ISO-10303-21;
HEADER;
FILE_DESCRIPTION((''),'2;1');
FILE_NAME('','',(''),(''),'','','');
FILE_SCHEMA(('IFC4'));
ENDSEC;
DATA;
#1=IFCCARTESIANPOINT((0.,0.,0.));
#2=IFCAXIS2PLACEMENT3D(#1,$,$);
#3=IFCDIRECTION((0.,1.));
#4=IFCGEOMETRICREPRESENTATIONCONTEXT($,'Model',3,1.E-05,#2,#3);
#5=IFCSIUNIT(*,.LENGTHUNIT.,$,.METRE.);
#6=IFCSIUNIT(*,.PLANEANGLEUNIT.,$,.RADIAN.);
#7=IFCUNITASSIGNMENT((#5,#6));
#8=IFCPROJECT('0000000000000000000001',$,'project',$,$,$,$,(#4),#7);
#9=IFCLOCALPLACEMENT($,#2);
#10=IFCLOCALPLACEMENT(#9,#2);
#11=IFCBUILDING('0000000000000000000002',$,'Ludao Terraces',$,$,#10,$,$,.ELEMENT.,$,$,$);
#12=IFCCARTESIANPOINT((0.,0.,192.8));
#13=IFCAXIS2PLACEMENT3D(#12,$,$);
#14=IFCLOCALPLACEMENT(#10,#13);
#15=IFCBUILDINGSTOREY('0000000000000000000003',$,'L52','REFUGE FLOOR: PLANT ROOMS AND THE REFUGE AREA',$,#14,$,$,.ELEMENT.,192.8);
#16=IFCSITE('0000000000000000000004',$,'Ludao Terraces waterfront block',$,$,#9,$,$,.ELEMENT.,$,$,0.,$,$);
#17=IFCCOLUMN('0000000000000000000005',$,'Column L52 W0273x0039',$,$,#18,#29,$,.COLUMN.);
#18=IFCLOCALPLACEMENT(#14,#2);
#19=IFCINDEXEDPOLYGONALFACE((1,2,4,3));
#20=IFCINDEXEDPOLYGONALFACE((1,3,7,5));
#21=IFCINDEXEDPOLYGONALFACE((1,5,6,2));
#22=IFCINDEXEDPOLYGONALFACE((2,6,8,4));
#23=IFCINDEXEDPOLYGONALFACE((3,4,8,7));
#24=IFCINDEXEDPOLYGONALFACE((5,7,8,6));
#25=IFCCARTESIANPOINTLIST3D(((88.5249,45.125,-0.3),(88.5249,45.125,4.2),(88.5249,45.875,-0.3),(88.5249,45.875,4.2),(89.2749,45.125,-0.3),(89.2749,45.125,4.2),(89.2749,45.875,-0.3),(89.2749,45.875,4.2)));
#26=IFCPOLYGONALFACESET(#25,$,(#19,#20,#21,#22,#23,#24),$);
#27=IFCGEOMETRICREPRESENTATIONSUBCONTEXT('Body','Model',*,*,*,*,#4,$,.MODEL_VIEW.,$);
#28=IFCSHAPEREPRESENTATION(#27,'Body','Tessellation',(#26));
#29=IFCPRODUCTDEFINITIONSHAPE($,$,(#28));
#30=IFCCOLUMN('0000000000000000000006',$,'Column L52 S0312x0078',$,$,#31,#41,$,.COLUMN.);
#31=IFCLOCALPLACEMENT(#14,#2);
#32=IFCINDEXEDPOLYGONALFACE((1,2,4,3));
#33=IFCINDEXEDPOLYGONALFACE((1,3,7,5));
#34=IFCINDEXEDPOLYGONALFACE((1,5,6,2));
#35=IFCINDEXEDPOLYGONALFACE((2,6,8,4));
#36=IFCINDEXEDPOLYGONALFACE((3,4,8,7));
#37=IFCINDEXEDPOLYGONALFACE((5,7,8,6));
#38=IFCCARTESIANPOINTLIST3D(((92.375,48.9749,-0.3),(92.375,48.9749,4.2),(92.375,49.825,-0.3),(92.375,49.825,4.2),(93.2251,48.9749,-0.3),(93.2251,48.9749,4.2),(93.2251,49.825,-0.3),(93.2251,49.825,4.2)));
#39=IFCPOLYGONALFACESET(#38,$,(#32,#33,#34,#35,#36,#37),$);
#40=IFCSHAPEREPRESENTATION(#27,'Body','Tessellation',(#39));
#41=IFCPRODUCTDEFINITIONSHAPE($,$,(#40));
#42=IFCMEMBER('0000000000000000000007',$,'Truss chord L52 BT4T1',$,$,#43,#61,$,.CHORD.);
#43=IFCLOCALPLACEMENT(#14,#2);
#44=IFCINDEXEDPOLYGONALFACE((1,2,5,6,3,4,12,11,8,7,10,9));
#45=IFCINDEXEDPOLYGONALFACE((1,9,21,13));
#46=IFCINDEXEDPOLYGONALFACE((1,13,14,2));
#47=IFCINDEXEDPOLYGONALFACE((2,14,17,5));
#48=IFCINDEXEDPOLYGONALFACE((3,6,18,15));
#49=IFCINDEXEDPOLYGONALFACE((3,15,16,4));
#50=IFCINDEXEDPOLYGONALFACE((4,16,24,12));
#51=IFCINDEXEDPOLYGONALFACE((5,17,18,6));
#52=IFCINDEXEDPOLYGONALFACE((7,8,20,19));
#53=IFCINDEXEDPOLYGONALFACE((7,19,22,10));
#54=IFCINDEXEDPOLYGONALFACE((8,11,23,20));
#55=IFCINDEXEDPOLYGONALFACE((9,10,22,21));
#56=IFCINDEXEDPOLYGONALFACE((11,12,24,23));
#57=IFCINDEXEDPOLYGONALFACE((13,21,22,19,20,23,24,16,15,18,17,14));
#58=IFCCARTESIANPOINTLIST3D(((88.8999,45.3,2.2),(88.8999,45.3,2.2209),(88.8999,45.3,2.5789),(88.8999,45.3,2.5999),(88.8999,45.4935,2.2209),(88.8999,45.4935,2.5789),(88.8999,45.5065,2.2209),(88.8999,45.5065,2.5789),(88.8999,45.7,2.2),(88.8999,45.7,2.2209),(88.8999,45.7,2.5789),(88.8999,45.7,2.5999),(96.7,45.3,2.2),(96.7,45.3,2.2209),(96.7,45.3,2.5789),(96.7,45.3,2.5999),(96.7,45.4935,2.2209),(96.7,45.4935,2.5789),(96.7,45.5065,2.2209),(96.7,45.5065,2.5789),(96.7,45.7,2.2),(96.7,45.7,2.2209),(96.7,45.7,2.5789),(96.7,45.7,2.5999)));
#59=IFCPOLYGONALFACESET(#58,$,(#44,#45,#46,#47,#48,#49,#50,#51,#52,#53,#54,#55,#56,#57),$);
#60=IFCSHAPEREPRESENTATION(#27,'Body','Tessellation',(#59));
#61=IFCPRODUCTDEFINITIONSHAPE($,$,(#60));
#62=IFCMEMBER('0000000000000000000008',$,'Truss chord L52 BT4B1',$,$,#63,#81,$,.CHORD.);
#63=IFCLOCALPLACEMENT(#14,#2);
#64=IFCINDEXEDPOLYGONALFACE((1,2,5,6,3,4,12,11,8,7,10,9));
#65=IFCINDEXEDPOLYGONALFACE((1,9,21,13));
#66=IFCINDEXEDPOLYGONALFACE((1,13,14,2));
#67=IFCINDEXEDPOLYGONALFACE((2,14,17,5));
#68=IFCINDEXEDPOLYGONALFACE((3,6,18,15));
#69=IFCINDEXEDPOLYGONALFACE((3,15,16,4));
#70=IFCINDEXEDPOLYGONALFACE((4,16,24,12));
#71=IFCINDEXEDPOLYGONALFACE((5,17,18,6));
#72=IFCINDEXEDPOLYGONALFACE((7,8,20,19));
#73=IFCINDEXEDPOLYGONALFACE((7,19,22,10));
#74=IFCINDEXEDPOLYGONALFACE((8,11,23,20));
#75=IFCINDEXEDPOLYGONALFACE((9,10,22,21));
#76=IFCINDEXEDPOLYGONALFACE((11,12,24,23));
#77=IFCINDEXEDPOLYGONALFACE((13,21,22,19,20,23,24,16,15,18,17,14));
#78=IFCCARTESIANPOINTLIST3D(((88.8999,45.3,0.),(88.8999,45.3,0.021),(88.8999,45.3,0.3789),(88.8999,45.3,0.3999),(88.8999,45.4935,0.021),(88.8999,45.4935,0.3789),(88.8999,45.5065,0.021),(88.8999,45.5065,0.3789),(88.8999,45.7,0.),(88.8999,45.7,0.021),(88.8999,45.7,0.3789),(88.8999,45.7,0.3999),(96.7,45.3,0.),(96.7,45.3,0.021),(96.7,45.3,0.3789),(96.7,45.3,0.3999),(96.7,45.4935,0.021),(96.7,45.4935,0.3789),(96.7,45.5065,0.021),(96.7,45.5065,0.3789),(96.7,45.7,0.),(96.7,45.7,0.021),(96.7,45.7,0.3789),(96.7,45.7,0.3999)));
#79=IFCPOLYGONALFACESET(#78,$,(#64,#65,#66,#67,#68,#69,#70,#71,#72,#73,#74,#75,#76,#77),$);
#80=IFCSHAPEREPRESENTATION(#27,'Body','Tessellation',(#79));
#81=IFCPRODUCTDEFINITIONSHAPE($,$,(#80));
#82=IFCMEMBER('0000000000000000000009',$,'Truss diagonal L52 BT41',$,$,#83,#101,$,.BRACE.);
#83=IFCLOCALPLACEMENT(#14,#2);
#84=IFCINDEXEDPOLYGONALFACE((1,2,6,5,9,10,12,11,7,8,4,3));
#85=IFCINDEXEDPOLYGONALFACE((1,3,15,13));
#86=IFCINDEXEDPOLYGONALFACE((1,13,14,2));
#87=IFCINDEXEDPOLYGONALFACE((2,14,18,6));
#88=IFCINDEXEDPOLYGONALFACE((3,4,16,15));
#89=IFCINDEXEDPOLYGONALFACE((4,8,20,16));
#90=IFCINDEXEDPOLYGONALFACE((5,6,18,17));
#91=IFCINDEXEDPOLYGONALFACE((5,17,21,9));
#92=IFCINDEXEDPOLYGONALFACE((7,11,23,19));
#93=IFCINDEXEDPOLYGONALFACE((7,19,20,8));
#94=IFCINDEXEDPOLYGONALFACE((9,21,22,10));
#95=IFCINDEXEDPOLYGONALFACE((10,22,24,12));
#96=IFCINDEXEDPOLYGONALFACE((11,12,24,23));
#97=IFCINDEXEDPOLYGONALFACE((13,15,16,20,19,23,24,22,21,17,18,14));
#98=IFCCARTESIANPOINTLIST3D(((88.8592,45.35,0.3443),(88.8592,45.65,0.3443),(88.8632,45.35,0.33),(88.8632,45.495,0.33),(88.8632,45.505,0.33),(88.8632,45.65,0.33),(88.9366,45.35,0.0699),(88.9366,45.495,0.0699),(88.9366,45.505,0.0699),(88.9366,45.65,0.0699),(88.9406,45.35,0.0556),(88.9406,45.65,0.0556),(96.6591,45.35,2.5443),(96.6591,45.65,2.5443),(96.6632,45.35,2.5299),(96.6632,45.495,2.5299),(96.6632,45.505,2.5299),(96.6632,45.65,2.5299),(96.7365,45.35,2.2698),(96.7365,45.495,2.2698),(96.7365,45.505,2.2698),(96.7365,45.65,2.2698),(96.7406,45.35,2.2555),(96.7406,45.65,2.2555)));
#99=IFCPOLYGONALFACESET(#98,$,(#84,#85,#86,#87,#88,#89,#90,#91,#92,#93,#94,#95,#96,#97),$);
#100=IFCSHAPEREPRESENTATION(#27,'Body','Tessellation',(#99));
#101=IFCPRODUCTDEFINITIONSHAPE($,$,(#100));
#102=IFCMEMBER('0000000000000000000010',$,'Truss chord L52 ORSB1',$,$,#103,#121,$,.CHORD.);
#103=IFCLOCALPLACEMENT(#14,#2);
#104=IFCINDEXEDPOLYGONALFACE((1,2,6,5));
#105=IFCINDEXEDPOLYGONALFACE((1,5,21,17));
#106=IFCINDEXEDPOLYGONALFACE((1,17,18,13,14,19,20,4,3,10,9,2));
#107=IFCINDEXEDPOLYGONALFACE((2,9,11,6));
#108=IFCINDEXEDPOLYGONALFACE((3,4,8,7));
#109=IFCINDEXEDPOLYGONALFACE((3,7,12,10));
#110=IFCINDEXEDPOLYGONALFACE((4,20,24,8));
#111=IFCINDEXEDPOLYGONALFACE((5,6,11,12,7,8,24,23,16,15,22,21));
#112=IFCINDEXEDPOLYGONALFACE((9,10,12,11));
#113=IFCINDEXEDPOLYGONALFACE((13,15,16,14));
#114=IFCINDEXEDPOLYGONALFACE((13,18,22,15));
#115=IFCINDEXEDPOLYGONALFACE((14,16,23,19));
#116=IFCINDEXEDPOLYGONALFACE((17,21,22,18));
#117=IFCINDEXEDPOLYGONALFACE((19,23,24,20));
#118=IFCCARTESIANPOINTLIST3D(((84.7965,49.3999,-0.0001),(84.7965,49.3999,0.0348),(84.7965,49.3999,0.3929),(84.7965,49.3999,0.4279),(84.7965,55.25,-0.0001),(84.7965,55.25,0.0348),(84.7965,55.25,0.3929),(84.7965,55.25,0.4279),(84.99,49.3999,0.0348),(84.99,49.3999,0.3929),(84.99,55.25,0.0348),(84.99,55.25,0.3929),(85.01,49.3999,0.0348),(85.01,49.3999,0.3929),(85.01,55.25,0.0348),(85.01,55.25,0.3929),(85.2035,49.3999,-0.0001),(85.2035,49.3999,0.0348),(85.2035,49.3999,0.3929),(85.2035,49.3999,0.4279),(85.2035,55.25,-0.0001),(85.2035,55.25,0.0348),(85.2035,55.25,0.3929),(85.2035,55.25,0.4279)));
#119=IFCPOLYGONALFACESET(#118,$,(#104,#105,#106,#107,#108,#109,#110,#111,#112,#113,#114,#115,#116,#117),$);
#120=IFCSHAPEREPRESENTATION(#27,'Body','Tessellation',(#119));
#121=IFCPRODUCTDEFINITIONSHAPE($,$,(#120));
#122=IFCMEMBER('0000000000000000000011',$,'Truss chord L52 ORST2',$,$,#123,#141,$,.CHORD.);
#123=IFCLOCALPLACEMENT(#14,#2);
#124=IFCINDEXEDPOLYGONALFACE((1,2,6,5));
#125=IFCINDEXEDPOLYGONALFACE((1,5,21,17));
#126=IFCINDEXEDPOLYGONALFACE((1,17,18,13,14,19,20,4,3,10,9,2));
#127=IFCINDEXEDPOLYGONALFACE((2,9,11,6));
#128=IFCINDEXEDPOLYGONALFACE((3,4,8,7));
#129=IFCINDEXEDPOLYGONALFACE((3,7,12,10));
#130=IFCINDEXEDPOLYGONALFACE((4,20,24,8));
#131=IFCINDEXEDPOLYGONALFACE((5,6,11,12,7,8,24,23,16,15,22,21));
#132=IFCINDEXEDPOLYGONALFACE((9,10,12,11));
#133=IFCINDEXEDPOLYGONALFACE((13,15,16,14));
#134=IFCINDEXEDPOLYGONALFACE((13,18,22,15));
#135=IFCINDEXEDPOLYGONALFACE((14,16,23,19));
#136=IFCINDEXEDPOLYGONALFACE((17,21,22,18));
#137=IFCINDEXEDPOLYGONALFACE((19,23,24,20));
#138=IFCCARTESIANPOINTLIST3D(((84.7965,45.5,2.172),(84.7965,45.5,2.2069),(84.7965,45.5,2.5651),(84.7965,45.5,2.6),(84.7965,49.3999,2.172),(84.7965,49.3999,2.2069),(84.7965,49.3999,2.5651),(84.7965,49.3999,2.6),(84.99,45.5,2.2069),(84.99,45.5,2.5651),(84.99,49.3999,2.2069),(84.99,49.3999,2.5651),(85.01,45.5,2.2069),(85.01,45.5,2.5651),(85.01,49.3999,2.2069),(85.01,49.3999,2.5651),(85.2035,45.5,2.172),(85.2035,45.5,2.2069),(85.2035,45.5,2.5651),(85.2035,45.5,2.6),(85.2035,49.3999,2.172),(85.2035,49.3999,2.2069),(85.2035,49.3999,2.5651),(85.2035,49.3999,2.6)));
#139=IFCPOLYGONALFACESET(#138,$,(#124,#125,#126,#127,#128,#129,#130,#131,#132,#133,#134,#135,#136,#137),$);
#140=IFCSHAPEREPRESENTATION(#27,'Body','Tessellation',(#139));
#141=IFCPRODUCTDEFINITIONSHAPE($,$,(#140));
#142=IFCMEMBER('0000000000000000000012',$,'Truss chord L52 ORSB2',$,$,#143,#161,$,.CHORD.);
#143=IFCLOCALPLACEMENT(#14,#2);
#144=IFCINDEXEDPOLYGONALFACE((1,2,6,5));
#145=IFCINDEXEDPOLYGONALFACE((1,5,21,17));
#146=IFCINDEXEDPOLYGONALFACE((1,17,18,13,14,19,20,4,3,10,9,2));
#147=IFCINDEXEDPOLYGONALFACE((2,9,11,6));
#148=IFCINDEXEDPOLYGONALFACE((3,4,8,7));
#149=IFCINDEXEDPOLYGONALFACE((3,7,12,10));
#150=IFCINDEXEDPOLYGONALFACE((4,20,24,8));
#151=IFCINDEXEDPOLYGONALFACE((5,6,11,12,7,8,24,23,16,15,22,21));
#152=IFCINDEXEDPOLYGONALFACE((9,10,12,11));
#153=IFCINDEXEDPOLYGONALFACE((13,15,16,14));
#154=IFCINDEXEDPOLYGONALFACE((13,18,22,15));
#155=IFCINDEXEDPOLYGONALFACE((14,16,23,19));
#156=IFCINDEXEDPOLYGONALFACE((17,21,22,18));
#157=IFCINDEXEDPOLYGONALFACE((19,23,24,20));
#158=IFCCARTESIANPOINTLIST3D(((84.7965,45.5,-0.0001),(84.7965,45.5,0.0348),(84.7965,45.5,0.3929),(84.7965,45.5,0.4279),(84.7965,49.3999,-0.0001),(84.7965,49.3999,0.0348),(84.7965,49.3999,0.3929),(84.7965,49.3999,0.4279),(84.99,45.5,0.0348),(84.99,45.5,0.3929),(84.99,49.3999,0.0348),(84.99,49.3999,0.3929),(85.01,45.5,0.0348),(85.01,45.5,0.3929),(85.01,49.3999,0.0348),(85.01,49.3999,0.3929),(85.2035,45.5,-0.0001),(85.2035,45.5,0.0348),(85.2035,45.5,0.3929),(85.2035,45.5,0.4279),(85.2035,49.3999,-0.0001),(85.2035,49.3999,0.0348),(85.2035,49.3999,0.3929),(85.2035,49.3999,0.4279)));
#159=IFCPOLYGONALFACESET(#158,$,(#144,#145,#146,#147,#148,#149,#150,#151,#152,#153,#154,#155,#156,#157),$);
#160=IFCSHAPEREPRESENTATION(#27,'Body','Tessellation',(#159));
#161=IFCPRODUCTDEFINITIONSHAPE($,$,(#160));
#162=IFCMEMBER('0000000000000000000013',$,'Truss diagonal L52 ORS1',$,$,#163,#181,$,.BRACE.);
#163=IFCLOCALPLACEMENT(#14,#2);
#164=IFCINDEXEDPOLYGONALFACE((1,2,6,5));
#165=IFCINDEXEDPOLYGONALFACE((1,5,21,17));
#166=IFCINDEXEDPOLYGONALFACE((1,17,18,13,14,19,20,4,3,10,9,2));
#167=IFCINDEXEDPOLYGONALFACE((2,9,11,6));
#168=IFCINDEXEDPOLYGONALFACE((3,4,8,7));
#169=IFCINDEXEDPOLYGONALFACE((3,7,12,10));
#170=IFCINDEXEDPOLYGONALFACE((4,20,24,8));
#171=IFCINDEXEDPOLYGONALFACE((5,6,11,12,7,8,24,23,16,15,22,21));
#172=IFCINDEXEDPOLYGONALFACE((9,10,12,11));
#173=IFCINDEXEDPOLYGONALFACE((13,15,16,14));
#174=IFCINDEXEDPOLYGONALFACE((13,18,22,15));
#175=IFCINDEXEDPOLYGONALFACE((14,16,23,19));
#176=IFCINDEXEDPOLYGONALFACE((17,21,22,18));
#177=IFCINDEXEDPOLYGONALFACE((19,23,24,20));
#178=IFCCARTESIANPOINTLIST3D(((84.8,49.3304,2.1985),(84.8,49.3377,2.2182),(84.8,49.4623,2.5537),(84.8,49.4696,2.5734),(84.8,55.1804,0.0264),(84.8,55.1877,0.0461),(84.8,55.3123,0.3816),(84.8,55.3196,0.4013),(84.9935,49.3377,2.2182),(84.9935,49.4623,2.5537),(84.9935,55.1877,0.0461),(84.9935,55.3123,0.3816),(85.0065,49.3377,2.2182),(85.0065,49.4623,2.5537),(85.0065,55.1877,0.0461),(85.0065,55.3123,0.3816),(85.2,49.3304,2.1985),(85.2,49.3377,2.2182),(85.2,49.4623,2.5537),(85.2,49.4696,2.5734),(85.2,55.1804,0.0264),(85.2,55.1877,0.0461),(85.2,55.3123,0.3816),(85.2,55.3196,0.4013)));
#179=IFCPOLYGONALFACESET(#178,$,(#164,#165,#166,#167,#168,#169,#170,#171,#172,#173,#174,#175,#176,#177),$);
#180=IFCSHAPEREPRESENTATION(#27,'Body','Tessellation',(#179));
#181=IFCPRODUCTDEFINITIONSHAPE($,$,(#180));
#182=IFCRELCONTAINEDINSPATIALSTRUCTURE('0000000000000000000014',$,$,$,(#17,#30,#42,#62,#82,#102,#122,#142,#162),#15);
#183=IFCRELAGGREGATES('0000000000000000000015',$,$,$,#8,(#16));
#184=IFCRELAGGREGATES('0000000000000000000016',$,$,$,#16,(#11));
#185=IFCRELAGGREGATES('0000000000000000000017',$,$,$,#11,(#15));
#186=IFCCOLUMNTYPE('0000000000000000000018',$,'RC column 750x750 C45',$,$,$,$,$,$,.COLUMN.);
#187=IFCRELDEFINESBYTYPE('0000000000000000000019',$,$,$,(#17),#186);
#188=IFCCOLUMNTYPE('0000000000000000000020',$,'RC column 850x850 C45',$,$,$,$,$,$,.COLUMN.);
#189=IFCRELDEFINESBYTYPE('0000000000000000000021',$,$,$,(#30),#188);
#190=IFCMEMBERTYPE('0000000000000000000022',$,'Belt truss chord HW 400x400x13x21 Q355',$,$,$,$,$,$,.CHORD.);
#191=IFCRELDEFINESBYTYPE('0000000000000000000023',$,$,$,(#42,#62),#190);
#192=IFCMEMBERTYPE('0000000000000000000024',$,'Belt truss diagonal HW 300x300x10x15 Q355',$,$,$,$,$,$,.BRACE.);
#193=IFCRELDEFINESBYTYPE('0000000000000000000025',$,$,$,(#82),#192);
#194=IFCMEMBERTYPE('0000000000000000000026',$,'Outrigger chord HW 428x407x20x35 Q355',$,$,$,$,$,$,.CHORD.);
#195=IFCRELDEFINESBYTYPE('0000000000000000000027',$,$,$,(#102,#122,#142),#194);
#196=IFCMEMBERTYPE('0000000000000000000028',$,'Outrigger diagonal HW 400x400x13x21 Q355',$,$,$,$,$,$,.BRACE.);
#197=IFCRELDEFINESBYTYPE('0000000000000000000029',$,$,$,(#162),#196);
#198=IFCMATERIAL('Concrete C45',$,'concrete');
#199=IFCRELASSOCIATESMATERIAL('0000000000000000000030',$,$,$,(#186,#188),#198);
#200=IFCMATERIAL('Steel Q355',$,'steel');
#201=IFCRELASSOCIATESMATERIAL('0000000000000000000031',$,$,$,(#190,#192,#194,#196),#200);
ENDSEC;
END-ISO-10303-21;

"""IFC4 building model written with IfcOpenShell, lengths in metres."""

from ifc_helpers import new_model, si_unit, direction, frame, origin, origin_2d, place, context, subcontext, project, spatial, rectangle, i_section, extrude, material, material_profile, profile_set, type_object, element, save


model = new_model("IFC4")

# Units and contexts
model_context = context("Model", 3, precision=1e-05, world=origin(), true_north=direction((0.0, 1.0)))
body_context = subcontext(model_context, "Body", "Model", "MODEL_VIEW")
ifc_project = project(units=[si_unit("LENGTHUNIT", "METRE"), si_unit("PLANEANGLEUNIT", "RADIAN")], contexts=[model_context])

# Site, building, storey
site_placement = place(None, origin())
site = spatial("IfcSite", under=ifc_project, at=site_placement, Name="Ludao Terraces waterfront block", CompositionType="ELEMENT", RefElevation=0.0)
building_placement = place(site_placement, origin())
building = spatial("IfcBuilding", under=site, at=building_placement, Name="Ludao Terraces", CompositionType="ELEMENT")
storey_placement = place(building_placement, frame((0.0, 0.0, 192.8)))
storey = spatial("IfcBuildingStorey", under=building, at=storey_placement, Name="L52", Description="REFUGE FLOOR: PLANT ROOMS AND THE REFUGE AREA", CompositionType="ELEMENT", Elevation=192.8)

# Columns
ifc_material_1 = material(Name="Concrete C45", Category="concrete")
ifc_material_profile_1 = material_profile(ifc_material_1, rectangle(XDim=0.75, YDim=0.75, at=origin_2d()), Name="750 X 750")
ifc_profile_set_1 = profile_set([ifc_material_profile_1], Name="Concrete C45")
column_type_1 = type_object("IfcColumnType", Name="RC column 750x750 C45", PredefinedType="COLUMN", material=ifc_profile_set_1)
column_1_placement = place(storey_placement, frame((88.8999, 45.5, -0.3), z_axis=(0.0, 0.0, 1.0), x_axis=(1.0, 0.0, 0.0)))
element("IfcColumn", 1, at=column_1_placement, inside=storey, type_object=column_type_1, Name="Column L52 W0273x0039", PredefinedType="COLUMN", context=body_context, shape_type="SweptSolid", body=[
    extrude(rectangle(XDim=0.75, YDim=0.75, at=origin_2d()), origin(), (0.0, 0.0, 1.0), 4.5),
])
ifc_material_profile_2 = material_profile(ifc_material_1, rectangle(XDim=0.8501, YDim=0.8501, at=origin_2d()), Name="850 X 850")
ifc_profile_set_2 = profile_set([ifc_material_profile_2], Name="Concrete C45")
column_type_2 = type_object("IfcColumnType", Name="RC column 850x850 C45", PredefinedType="COLUMN", material=ifc_profile_set_2)
column_2_placement = place(storey_placement, frame((92.8, 49.3999, -0.3), z_axis=(0.0, 0.0, 1.0), x_axis=(1.0, 0.0, 0.0)))
element("IfcColumn", 2, at=column_2_placement, inside=storey, type_object=column_type_2, Name="Column L52 S0312x0078", PredefinedType="COLUMN", context=body_context, shape_type="SweptSolid", body=[
    extrude(rectangle(XDim=0.8501, YDim=0.8501, at=origin_2d()), origin(), (0.0, 0.0, 1.0), 4.5),
])

# Members
ifc_material_2 = material(Name="Steel Q355", Category="steel")
ifc_material_profile_3 = material_profile(ifc_material_2, i_section(OverallWidth=0.3999, OverallDepth=0.3999, WebThickness=0.0129, FlangeThickness=0.021, at=origin_2d()), Name="HW 400X400X13X21")
ifc_profile_set_3 = profile_set([ifc_material_profile_3], Name="Steel Q355")
member_type_1 = type_object("IfcMemberType", Name="Belt truss chord HW 400x400x13x21 Q355", PredefinedType="CHORD", material=ifc_profile_set_3)
for number, where, z_axis, x_axis, name in (
    (3, (88.8999, 45.5, 2.3999), (1.0, 0.0, 0.0), (0.0, 1.0, 0.0), "Truss chord L52 BT4T1"),
    (4, (88.8999, 45.5, 0.2), (1.0, 0.0, 0.0), (0.0, 1.0, 0.0), "Truss chord L52 BT4B1"),
):
    element("IfcMember", number, at=place(storey_placement, frame(where, z_axis=z_axis, x_axis=x_axis)), inside=storey, type_object=member_type_1, Name=name, PredefinedType="CHORD", context=body_context, shape_type="SweptSolid", body=[
        extrude(i_section(OverallWidth=0.3999, OverallDepth=0.3999, WebThickness=0.0129, FlangeThickness=0.021, at=origin_2d()), origin(), (0.0, 0.0, 1.0), 7.8),
    ])
ifc_material_profile_4 = material_profile(ifc_material_2, i_section(OverallWidth=0.3, OverallDepth=0.3, WebThickness=0.01, FlangeThickness=0.0149, at=origin_2d()), Name="HW 300X300X10X15")
ifc_profile_set_4 = profile_set([ifc_material_profile_4], Name="Steel Q355")
member_type_2 = type_object("IfcMemberType", Name="Belt truss diagonal HW 300x300x10x15 Q355", PredefinedType="BRACE", material=ifc_profile_set_4)
member_1_placement = place(storey_placement, frame((88.8999, 45.5, 0.2), z_axis=(0.962452, 0.0, 0.271453), x_axis=(0.0, 1.0, 0.0)))
element("IfcMember", 5, at=member_1_placement, inside=storey, type_object=member_type_2, Name="Truss diagonal L52 BT41", PredefinedType="BRACE", context=body_context, shape_type="SweptSolid", body=[
    extrude(i_section(OverallWidth=0.3, OverallDepth=0.3, WebThickness=0.01, FlangeThickness=0.0149, at=origin_2d()), origin(), (0.0, 0.0, 1.0), 8.1042),
])
ifc_material_profile_5 = material_profile(ifc_material_2, i_section(OverallWidth=0.407, OverallDepth=0.428, WebThickness=0.02, FlangeThickness=0.0349, at=origin_2d()), Name="HW 428X407X20X35")
ifc_profile_set_5 = profile_set([ifc_material_profile_5], Name="Steel Q355")
member_type_3 = type_object("IfcMemberType", Name="Outrigger chord HW 428x407x20x35 Q355", PredefinedType="CHORD", material=ifc_profile_set_5)
member_2_placement = place(storey_placement, frame((85.0, 55.25, 0.2139), z_axis=(0.0, -1.0, 0.0), x_axis=(1.0, 0.0, 0.0)))
element("IfcMember", 6, at=member_2_placement, inside=storey, type_object=member_type_3, Name="Truss chord L52 ORSB1", PredefinedType="CHORD", context=body_context, shape_type="SweptSolid", body=[
    extrude(i_section(OverallWidth=0.407, OverallDepth=0.428, WebThickness=0.02, FlangeThickness=0.0349, at=origin_2d()), origin(), (0.0, 0.0, 1.0), 5.8501),
])
for number, where, z_axis, x_axis, name in (
    (7, (85.0, 49.3999, 2.386), (0.0, -1.0, 0.0), (1.0, 0.0, 0.0), "Truss chord L52 ORST2"),
    (8, (85.0, 49.3999, 0.2139), (0.0, -1.0, 0.0), (1.0, 0.0, 0.0), "Truss chord L52 ORSB2"),
):
    element("IfcMember", number, at=place(storey_placement, frame(where, z_axis=z_axis, x_axis=x_axis)), inside=storey, type_object=member_type_3, Name=name, PredefinedType="CHORD", context=body_context, shape_type="SweptSolid", body=[
        extrude(i_section(OverallWidth=0.407, OverallDepth=0.428, WebThickness=0.02, FlangeThickness=0.0349, at=origin_2d()), origin(), (0.0, 0.0, 1.0), 3.8999),
    ])
ifc_material_profile_6 = material_profile(ifc_material_2, i_section(OverallWidth=0.3999, OverallDepth=0.3999, WebThickness=0.0129, FlangeThickness=0.021, at=origin_2d()), Name="HW 400X400X13X21")
ifc_profile_set_6 = profile_set([ifc_material_profile_6], Name="Steel Q355")
member_type_4 = type_object("IfcMemberType", Name="Outrigger diagonal HW 400x400x13x21 Q355", PredefinedType="BRACE", material=ifc_profile_set_6)
member_3_placement = place(storey_placement, frame((85.0, 55.25, 0.2139), z_axis=(0.0, -0.937466, 0.348077), x_axis=(1.0, 0.0, 0.0)))
element("IfcMember", 9, at=member_3_placement, inside=storey, type_object=member_type_4, Name="Truss diagonal L52 ORS1", PredefinedType="BRACE", context=body_context, shape_type="SweptSolid", body=[
    extrude(i_section(OverallWidth=0.3999, OverallDepth=0.3999, WebThickness=0.0129, FlangeThickness=0.021, at=origin_2d()), origin(), (0.0, 0.0, 1.0), 6.2402),
])

save(model, "model.ifc")
